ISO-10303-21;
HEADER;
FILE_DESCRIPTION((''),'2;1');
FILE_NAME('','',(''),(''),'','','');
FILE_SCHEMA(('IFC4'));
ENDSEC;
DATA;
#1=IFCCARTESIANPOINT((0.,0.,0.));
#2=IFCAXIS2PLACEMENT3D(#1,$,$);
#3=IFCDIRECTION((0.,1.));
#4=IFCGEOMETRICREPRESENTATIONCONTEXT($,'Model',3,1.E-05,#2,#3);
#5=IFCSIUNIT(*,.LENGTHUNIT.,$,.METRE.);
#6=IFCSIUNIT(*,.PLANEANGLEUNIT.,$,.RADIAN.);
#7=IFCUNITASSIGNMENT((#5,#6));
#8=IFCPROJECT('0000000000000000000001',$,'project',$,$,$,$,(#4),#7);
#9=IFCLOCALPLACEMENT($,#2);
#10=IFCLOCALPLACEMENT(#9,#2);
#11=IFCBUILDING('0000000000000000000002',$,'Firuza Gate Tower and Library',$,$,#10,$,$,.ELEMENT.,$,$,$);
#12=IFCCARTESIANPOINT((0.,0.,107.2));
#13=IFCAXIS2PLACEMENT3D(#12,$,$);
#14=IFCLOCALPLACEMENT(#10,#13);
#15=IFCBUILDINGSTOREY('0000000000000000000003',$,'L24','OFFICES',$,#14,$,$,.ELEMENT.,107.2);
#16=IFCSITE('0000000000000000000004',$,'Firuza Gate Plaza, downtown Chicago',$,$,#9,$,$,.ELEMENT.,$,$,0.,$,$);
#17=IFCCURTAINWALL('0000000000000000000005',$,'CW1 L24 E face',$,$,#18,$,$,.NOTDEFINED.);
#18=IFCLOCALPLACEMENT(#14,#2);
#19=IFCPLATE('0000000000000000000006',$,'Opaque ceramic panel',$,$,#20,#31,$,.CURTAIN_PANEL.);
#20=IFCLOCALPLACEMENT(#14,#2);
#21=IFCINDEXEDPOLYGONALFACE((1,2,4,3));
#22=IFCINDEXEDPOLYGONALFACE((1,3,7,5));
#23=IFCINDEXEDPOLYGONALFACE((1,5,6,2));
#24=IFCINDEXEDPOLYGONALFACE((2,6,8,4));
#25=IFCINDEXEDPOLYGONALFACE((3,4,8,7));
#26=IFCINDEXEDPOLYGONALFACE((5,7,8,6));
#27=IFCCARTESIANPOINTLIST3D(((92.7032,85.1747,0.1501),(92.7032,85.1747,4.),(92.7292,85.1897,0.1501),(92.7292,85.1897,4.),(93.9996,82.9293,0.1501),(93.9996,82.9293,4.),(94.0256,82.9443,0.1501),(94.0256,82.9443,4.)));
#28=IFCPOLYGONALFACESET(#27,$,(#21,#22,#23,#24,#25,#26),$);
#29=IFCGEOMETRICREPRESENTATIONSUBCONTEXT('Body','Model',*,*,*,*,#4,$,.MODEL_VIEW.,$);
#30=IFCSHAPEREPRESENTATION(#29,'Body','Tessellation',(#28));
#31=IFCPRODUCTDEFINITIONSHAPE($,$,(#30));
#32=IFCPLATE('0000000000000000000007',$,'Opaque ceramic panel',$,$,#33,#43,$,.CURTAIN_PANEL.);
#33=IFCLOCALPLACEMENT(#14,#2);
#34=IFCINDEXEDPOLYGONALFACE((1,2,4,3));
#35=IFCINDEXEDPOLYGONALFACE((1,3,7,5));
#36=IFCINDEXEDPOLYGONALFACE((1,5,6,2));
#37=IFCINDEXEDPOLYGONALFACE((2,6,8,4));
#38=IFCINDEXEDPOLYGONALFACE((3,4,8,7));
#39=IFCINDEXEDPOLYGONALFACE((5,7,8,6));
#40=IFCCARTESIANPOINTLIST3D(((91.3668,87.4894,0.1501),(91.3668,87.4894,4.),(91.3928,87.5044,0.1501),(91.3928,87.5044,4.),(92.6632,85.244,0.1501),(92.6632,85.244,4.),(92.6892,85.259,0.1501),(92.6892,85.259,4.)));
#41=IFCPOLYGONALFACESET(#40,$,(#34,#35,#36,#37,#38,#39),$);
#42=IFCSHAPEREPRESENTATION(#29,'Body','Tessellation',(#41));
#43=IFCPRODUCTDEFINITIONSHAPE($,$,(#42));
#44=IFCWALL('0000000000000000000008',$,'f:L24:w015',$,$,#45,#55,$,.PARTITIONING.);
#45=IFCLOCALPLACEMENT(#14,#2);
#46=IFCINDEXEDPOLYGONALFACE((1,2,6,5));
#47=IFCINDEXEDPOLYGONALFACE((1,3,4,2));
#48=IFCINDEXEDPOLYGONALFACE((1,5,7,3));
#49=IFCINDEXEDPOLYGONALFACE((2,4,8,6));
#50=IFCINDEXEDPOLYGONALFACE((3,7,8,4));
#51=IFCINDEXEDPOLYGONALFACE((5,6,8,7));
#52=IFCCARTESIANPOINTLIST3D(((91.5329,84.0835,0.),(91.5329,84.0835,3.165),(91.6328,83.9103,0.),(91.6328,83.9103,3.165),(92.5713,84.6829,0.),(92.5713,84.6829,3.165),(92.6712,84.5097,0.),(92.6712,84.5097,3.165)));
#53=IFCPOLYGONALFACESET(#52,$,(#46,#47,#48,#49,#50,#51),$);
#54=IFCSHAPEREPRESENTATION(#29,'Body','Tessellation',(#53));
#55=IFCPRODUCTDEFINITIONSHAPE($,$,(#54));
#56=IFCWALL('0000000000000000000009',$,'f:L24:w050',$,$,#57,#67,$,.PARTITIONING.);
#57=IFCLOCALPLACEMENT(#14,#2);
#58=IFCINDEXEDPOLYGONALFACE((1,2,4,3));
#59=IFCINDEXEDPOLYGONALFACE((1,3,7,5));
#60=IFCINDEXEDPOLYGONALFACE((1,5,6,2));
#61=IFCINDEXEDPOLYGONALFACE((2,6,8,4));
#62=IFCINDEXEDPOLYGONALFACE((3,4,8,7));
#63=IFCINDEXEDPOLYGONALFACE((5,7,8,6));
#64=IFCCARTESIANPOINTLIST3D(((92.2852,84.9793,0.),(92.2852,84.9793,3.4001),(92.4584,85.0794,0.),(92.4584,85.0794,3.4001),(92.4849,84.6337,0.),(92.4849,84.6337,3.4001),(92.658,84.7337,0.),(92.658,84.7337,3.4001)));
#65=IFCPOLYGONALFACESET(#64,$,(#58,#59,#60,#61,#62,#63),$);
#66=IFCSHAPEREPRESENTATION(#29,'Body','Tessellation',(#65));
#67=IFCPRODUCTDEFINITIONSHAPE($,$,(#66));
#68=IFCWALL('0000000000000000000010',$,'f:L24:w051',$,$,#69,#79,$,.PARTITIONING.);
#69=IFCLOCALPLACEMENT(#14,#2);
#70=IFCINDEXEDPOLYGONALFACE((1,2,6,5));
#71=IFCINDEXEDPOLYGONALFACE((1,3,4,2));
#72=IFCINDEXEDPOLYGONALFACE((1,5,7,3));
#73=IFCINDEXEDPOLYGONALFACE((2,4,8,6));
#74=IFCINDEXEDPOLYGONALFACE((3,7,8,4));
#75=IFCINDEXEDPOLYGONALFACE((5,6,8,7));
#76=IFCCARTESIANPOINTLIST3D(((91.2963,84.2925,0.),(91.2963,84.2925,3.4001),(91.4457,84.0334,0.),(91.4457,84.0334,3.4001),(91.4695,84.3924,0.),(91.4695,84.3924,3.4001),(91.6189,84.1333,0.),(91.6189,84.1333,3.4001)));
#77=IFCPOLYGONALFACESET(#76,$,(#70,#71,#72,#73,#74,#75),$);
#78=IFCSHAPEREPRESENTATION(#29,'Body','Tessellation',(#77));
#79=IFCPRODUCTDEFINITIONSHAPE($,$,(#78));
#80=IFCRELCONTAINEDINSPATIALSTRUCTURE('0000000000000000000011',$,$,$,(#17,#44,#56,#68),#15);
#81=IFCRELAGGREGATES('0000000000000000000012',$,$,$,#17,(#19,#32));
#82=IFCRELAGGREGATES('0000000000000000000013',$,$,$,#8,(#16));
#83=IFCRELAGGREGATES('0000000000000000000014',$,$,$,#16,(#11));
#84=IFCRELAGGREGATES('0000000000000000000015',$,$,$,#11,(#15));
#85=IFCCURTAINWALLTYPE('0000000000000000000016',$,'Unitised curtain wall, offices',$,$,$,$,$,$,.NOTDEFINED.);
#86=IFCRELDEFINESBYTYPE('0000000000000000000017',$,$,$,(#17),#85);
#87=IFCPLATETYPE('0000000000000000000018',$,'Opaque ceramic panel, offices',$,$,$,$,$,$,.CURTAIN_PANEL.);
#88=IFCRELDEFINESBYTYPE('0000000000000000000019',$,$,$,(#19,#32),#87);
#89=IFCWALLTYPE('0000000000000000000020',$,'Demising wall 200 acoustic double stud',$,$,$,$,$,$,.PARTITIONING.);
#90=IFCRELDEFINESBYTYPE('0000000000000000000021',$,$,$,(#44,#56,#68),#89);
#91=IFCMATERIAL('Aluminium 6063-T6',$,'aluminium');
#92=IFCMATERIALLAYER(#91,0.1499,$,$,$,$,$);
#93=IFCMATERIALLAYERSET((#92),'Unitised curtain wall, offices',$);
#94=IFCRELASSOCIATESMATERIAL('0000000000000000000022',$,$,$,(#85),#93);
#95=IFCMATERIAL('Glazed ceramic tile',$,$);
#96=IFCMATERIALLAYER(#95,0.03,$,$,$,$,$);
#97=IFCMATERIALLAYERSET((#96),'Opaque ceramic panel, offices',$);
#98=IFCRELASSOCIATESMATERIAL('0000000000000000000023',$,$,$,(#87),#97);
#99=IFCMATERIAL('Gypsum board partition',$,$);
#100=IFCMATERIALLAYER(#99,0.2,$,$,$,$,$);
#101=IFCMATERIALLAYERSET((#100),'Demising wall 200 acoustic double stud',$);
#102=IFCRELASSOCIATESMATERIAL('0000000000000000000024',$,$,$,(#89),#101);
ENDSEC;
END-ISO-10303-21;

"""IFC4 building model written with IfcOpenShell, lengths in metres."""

from ifc_helpers import new_model, si_unit, direction, frame, frame_2d, origin, place, context, subcontext, project, spatial, polyline, rectangle, outline, extrude, material, layer, layer_set, type_object, element, aggregate, save


model = new_model("IFC4")

# Units and contexts
model_context = context("Model", 3, precision=1e-05, world=origin(), true_north=direction((0.0, 1.0)))
body_context = subcontext(model_context, "Body", "Model", "MODEL_VIEW")
ifc_project = project(units=[si_unit("LENGTHUNIT", "METRE"), si_unit("PLANEANGLEUNIT", "RADIAN")], contexts=[model_context])

# Site, building, storey
site_placement = place(None, origin())
site = spatial("IfcSite", under=ifc_project, at=site_placement, Name="Firuza Gate Plaza, downtown Chicago", CompositionType="ELEMENT", RefElevation=0.0)
building_placement = place(site_placement, origin())
building = spatial("IfcBuilding", under=site, at=building_placement, Name="Firuza Gate Tower and Library", CompositionType="ELEMENT")
storey_placement = place(building_placement, frame((0.0, 0.0, 107.2)))
storey = spatial("IfcBuildingStorey", under=building, at=storey_placement, Name="L24", Description="OFFICES", CompositionType="ELEMENT", Elevation=107.2)

# Curtain wall
ifc_material_1 = material(Name="Aluminium 6063-T6", Category="aluminium")
ifc_layer_1 = layer(ifc_material_1, 0.1499)
ifc_layer_set_1 = layer_set([ifc_layer_1], Name="Unitised curtain wall, offices")
curtain_wall_type = type_object("IfcCurtainWallType", Name="Unitised curtain wall, offices", PredefinedType="NOTDEFINED", material=ifc_layer_set_1)
curtain_wall_placement = place(storey_placement, origin())
curtain_wall = element("IfcCurtainWall", 1, at=curtain_wall_placement, inside=storey, type_object=curtain_wall_type, Name="CW1 L24 E face", PredefinedType="NOTDEFINED")

# Plates
ifc_material_2 = material(Name="Glazed ceramic tile")
ifc_layer_2 = layer(ifc_material_2, 0.03)
ifc_layer_set_2 = layer_set([ifc_layer_2], Name="Opaque ceramic panel, offices")
plate_type_1 = type_object("IfcPlateType", Name="Opaque ceramic panel, offices", PredefinedType="CURTAIN_PANEL", material=ifc_layer_set_2)
plate_1_placement = place(storey_placement, frame((94.0256, 82.9443, 0.1501), z_axis=(0.866021, 0.500008, 0.0), x_axis=(-0.500008, 0.866021, 0.0)))
plate_1 = element("IfcPlate", 2, at=plate_1_placement, type_object=plate_type_1, Name="Opaque ceramic panel", PredefinedType="CURTAIN_PANEL", context=body_context, shape_type="SweptSolid", body=[
    extrude(outline(polyline([(0.0, 0.0), (2.5927, 0.0), (2.5927, 3.8499), (0.0, 3.8499), (0.0, 0.0)])), origin(), (0.0, 0.0, -1.0), 0.03),
])
plate_2_placement = place(storey_placement, frame((92.6892, 85.259, 0.1501), z_axis=(0.866021, 0.500008, 0.0), x_axis=(-0.500008, 0.866021, 0.0)))
plate_2 = element("IfcPlate", 3, at=plate_2_placement, type_object=plate_type_1, Name="Opaque ceramic panel", PredefinedType="CURTAIN_PANEL", context=body_context, shape_type="SweptSolid", body=[
    extrude(outline(polyline([(0.0, 0.0), (2.5927, 0.0), (2.5927, 3.8499), (0.0, 3.8499), (0.0, 0.0)])), origin(), (0.0, 0.0, -1.0), 0.03),
])
aggregate(curtain_wall, [plate_1, plate_2])

# Walls
ifc_material_3 = material(Name="Gypsum board partition")
ifc_layer_3 = layer(ifc_material_3, 0.2)
ifc_layer_set_3 = layer_set([ifc_layer_3], Name="Demising wall 200 acoustic double stud")
wall_type = type_object("IfcWallType", Name="Demising wall 200 acoustic double stud", PredefinedType="PARTITIONING", material=ifc_layer_set_3)
wall_1_placement = place(storey_placement, frame((91.5828, 83.9968, 0.0), z_axis=(0.0, 0.0, 1.0), x_axis=(0.866067, 0.499928, 0.0)))
element("IfcWall", 4, at=wall_1_placement, inside=storey, type_object=wall_type, Name="f:L24:w015", PredefinedType="PARTITIONING", context=body_context, shape_type="SweptSolid", body=[
    extrude(rectangle(XDim=1.199, YDim=0.2, at=frame_2d((0.5996, 0.0))), origin(), (0.0, 0.0, 1.0), 3.165),
])
wall_2_placement = place(storey_placement, frame((92.5715, 84.6836, 0.0), z_axis=(0.0, 0.0, 1.0), x_axis=(-0.500216, 0.8659, 0.0)))
element("IfcWall", 5, at=wall_2_placement, inside=storey, type_object=wall_type, Name="f:L24:w050", PredefinedType="PARTITIONING", context=body_context, shape_type="SweptSolid", body=[
    extrude(rectangle(XDim=0.3992, YDim=0.2, at=frame_2d((0.1997, 0.0))), origin(), (0.0, 0.0, 1.0), 3.4001),
])
wall_3_placement = place(storey_placement, frame((91.5322, 84.0835, 0.0), z_axis=(0.0, 0.0, 1.0), x_axis=(-0.499652, 0.866226, 0.0)))
element("IfcWall", 6, at=wall_3_placement, inside=storey, type_object=wall_type, Name="f:L24:w051", PredefinedType="PARTITIONING", context=body_context, shape_type="SweptSolid", body=[
    extrude(rectangle(XDim=0.2991, YDim=0.2, at=frame_2d((0.1494, 0.0))), origin(), (0.0, 0.0, 1.0), 3.4001),
])

save(model, "model.ifc")
